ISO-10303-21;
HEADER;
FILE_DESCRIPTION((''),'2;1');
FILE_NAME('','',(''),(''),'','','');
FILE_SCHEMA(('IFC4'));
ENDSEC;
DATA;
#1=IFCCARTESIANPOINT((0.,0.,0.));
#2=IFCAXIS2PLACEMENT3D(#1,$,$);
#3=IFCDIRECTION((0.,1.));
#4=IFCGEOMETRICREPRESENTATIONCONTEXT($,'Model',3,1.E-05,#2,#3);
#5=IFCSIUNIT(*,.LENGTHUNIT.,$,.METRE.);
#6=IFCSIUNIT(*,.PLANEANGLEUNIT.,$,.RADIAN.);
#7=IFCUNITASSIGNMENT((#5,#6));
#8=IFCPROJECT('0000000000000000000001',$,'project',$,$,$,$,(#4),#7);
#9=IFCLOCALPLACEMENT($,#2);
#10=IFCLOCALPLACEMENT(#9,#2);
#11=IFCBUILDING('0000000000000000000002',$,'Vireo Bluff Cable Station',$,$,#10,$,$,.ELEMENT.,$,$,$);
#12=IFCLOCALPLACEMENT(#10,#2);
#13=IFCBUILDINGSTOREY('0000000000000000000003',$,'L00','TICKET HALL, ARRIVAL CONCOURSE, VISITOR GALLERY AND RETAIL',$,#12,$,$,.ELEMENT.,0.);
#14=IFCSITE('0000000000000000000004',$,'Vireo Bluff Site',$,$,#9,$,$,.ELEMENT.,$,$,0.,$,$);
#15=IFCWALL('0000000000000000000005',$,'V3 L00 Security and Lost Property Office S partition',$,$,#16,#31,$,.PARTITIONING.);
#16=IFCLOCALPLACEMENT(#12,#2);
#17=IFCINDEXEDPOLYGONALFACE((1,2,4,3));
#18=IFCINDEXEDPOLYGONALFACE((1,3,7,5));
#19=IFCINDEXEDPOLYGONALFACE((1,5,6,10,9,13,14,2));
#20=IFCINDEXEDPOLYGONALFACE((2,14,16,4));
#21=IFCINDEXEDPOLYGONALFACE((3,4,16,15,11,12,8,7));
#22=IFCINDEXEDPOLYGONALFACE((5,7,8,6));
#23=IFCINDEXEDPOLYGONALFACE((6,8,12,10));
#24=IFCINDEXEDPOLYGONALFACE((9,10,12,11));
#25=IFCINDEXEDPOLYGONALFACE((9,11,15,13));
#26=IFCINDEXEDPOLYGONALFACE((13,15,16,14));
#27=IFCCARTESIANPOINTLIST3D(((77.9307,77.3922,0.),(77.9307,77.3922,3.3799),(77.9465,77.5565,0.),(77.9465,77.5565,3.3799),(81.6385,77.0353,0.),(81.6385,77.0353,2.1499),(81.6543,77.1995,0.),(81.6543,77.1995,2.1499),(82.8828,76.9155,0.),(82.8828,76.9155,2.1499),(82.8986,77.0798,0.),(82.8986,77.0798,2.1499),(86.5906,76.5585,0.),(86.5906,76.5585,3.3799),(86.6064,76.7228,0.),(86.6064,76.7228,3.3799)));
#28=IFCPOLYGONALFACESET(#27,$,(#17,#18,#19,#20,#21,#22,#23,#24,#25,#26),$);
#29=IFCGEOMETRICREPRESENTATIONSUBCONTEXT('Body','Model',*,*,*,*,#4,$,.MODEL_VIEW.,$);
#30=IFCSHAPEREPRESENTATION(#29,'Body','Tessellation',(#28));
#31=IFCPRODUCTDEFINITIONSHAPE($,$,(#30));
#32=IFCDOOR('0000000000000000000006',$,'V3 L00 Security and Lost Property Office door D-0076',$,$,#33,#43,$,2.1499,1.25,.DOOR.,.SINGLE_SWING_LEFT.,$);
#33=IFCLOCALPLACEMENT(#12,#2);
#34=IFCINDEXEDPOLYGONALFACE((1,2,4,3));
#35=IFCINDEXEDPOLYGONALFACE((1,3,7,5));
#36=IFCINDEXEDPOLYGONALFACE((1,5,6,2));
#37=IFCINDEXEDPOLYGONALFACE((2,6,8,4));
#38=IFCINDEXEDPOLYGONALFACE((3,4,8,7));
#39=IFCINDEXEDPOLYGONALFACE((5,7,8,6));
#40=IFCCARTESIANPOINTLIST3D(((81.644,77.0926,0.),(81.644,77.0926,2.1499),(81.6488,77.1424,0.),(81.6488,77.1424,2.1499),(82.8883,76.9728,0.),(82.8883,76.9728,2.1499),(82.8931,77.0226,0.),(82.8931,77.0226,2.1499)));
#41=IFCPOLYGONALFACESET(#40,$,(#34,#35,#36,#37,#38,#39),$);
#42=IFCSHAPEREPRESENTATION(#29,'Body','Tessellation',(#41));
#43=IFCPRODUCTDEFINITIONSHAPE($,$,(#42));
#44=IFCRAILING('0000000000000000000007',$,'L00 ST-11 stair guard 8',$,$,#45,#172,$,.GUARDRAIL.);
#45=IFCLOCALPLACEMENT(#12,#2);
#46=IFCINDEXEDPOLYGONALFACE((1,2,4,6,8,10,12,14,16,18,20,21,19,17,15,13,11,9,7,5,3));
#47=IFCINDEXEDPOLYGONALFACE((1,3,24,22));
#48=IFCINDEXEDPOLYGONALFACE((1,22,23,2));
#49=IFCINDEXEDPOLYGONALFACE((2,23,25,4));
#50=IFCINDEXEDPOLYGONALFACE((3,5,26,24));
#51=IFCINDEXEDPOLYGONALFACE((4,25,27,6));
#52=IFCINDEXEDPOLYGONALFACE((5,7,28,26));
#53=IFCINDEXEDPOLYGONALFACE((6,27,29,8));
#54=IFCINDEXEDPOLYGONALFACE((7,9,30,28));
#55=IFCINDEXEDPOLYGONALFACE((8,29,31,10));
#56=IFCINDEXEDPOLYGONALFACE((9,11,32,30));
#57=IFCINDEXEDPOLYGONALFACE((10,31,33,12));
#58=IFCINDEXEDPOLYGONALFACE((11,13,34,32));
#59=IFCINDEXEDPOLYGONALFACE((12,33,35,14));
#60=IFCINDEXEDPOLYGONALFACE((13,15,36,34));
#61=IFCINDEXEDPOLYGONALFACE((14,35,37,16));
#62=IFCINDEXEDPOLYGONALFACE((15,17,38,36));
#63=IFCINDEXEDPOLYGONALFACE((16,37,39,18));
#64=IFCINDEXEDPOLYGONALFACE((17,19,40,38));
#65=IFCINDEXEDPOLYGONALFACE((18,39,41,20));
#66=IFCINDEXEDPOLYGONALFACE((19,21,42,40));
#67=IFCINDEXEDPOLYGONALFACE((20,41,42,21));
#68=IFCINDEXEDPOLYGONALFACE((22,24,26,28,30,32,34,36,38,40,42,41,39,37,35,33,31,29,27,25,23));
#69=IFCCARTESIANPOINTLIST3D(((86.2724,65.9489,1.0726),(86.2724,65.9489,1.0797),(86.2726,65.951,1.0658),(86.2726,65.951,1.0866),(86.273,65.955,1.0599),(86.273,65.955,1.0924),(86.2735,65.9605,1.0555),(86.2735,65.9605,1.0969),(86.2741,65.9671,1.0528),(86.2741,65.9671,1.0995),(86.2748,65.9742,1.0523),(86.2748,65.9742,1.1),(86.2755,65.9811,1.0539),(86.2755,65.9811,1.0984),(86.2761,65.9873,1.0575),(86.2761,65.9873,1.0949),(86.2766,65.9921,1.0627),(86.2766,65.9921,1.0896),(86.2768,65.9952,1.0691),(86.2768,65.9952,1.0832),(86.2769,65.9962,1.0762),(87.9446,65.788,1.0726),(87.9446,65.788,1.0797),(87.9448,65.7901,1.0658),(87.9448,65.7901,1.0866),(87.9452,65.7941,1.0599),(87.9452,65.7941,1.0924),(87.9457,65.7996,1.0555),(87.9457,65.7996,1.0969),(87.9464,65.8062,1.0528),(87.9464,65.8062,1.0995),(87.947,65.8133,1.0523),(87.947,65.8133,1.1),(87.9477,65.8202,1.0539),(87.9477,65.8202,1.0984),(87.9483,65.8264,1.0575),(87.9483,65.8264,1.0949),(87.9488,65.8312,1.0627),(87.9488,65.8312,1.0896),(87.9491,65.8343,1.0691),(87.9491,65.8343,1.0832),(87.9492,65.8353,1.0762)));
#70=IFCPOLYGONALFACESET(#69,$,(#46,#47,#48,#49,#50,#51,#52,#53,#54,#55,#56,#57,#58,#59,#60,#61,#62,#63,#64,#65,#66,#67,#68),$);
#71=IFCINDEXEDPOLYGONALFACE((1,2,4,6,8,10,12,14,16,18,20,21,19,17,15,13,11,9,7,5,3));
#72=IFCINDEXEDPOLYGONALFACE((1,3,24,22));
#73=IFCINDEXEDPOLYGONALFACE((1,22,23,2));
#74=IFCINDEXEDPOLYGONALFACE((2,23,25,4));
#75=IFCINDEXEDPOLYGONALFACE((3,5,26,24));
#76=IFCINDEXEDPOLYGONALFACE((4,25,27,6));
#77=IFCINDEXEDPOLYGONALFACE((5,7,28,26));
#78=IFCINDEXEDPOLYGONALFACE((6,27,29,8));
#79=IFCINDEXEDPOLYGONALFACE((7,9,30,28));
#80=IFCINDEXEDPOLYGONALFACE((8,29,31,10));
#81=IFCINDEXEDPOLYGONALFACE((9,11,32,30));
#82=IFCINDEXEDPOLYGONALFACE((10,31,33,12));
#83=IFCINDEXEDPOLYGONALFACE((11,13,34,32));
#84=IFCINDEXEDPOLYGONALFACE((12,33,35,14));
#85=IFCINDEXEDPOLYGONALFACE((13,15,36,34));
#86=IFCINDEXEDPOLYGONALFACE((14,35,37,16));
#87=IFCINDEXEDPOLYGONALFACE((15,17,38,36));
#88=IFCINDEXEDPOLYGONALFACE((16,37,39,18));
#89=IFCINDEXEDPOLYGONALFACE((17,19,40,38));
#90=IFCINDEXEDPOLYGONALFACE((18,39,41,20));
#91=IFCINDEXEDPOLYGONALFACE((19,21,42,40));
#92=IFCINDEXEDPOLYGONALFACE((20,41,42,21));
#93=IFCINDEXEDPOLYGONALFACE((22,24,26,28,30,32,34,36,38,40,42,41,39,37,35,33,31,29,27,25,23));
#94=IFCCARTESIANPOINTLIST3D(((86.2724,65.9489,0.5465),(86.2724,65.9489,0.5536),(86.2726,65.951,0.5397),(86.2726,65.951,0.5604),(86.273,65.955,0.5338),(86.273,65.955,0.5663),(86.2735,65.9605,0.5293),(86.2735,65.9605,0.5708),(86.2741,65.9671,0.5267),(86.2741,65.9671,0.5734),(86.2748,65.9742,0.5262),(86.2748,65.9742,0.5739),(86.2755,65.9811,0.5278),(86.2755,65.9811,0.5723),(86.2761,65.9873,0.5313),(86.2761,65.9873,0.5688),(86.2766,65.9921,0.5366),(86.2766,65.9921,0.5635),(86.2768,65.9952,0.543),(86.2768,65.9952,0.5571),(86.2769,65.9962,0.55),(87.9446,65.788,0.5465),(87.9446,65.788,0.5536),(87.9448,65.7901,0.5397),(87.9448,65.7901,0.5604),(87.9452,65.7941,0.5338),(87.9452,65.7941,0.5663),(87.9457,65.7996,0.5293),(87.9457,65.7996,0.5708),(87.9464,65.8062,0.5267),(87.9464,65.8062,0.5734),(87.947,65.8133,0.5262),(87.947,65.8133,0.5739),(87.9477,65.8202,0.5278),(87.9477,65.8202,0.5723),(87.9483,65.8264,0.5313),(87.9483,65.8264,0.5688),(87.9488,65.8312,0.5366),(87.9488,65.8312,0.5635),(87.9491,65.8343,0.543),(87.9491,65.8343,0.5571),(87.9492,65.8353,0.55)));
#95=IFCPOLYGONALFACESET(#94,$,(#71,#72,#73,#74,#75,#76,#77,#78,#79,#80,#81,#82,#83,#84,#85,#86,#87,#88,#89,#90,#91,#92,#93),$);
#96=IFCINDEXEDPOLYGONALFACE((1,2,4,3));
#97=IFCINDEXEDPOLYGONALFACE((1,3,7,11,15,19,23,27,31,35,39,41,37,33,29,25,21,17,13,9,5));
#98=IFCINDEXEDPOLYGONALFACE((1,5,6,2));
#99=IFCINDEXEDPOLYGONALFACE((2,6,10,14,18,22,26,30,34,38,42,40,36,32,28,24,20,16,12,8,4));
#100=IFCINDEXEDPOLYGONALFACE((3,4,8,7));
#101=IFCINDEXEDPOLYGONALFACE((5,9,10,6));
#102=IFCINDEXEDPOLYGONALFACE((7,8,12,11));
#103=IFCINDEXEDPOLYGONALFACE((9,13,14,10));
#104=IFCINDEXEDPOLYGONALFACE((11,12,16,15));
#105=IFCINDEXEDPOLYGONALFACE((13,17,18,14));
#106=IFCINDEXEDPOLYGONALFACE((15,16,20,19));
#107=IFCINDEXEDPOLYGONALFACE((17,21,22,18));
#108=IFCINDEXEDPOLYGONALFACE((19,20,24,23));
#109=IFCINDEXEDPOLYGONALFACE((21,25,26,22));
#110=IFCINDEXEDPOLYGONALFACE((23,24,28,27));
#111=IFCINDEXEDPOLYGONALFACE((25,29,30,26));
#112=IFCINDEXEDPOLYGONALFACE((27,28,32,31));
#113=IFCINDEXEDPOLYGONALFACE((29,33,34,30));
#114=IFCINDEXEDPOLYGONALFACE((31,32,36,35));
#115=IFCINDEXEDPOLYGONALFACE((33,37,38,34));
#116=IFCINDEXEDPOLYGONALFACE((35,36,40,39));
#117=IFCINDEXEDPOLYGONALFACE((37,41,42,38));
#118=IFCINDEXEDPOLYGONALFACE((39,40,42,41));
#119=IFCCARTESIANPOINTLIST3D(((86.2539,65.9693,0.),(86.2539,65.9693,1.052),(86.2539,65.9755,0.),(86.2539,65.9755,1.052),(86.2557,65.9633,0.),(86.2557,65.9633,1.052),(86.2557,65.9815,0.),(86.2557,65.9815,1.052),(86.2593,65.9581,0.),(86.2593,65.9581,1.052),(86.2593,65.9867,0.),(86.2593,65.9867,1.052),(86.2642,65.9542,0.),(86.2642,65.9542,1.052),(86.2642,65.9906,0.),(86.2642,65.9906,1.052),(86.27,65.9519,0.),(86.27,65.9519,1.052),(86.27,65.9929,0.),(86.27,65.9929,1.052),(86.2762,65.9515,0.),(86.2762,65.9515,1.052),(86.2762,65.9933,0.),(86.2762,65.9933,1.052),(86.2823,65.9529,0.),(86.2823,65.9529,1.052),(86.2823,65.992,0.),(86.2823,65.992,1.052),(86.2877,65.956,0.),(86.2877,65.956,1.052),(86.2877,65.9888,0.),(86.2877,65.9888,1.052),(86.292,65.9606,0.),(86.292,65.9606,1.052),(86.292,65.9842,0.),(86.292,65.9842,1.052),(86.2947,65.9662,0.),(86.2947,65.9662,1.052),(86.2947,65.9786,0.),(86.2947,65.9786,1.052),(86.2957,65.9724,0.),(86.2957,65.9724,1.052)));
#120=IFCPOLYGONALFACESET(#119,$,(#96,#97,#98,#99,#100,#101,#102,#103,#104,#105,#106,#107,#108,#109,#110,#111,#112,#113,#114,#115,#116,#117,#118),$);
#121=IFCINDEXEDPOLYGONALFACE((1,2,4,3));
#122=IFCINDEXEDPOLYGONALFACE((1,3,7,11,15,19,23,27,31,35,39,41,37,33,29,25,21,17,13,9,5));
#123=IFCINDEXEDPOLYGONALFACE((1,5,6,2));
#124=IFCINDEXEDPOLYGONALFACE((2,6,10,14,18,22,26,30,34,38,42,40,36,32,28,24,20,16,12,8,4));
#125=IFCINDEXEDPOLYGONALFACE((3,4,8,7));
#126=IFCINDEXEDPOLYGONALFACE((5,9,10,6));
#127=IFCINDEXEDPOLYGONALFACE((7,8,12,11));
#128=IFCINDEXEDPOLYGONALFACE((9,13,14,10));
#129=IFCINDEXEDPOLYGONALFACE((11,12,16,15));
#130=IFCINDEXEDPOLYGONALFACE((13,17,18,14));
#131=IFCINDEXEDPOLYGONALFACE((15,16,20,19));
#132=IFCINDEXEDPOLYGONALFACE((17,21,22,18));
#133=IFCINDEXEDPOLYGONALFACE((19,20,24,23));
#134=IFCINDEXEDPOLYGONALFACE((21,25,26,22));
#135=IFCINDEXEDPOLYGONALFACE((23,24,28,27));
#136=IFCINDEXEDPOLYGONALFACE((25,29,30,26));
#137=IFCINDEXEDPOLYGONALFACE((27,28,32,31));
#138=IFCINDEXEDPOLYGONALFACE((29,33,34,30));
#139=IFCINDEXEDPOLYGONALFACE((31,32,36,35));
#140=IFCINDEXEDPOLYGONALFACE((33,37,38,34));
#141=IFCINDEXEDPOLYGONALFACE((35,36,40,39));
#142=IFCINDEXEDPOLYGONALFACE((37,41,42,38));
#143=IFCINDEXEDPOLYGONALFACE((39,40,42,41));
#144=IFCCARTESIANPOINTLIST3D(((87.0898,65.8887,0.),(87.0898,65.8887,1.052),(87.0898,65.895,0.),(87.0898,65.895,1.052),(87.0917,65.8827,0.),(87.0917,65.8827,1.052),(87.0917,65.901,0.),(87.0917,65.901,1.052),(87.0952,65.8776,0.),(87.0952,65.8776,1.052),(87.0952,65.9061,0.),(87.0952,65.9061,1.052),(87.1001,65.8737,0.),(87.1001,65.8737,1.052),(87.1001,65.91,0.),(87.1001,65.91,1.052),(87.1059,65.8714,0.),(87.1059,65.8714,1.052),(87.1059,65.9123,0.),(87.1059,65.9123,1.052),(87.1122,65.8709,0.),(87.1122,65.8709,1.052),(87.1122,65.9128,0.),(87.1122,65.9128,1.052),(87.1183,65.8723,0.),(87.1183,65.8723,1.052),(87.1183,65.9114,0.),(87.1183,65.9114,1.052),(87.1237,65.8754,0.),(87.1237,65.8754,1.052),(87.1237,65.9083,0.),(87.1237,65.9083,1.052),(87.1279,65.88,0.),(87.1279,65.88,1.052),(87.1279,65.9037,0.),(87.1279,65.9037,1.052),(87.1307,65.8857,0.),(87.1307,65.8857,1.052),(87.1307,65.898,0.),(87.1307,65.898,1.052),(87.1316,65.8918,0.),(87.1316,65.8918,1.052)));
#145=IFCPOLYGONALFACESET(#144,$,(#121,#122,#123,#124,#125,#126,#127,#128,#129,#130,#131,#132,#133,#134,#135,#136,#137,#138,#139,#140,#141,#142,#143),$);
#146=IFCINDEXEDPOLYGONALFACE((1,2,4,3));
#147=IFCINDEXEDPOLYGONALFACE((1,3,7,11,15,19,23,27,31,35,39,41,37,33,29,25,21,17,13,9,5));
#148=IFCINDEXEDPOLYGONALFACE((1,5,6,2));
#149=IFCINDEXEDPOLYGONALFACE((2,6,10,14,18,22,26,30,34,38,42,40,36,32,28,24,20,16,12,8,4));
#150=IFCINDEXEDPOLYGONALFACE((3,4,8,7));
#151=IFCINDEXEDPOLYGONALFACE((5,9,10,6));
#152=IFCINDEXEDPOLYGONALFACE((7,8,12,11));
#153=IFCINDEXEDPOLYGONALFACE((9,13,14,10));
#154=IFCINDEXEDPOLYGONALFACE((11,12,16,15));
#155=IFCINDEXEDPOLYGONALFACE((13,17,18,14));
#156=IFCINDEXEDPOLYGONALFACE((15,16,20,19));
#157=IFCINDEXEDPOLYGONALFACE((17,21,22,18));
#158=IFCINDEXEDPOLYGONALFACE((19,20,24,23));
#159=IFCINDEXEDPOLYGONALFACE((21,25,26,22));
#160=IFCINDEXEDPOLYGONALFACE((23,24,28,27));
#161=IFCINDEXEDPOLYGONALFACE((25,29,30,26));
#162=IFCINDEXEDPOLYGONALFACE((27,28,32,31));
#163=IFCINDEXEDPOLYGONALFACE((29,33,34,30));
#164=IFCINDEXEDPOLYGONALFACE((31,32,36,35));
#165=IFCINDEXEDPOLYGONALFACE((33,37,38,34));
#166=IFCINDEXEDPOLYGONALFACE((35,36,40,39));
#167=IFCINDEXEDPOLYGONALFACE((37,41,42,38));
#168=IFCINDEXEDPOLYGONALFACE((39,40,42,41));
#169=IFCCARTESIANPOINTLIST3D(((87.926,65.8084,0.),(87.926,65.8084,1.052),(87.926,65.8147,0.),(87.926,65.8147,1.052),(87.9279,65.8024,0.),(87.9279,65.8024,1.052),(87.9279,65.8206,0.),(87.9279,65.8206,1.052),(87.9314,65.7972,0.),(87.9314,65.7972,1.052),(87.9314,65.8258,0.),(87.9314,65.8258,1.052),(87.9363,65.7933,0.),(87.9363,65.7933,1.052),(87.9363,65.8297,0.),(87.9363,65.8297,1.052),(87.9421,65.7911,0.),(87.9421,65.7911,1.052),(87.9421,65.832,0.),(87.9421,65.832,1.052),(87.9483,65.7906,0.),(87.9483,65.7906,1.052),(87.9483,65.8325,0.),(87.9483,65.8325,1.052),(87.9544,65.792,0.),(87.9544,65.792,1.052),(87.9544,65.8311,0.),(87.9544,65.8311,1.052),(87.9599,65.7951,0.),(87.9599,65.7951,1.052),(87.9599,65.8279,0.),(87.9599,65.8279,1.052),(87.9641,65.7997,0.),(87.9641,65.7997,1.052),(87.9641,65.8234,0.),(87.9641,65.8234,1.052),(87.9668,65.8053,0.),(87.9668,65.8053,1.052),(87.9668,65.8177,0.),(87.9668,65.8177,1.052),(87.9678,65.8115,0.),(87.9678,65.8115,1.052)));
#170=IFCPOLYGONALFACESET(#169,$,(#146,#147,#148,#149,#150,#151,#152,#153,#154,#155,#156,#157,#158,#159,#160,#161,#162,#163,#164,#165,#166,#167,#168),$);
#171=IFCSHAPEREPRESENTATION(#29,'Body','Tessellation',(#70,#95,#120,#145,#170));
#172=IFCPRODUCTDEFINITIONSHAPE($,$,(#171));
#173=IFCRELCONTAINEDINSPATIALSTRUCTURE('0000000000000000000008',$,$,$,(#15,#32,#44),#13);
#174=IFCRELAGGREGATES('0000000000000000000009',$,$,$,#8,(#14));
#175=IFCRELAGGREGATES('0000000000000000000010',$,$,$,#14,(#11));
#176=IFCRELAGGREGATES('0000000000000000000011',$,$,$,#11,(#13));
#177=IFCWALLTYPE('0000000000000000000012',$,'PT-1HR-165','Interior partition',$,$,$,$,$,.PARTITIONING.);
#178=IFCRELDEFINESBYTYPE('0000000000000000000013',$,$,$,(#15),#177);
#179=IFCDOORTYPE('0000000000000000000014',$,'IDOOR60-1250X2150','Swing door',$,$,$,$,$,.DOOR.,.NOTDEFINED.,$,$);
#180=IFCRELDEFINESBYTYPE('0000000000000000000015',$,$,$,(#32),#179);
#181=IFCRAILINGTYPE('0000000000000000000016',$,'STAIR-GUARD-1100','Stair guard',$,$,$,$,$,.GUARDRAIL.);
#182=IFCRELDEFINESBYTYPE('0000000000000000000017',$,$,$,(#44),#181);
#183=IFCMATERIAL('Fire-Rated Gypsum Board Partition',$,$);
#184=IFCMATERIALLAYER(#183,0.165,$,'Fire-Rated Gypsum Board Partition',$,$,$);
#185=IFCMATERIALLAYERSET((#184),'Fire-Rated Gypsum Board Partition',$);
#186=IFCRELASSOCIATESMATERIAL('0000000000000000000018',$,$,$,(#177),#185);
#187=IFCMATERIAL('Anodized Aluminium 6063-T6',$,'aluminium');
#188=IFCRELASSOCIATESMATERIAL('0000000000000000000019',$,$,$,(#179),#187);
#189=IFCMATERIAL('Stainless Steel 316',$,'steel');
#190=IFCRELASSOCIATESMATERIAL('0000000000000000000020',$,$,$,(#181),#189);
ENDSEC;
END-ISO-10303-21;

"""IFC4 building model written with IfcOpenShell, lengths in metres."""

from ifc_helpers import new_model, si_unit, direction, frame, frame_2d, origin, origin_with_axes, origin_2d, place, context, subcontext, project, spatial, rectangle, circle, extrude, material, layer, layer_set, type_object, element, fill, save


model = new_model("IFC4")

# Units and contexts
model_context = context("Model", 3, precision=1e-05, world=origin(), true_north=direction((0.0, 1.0)))
body_context = subcontext(model_context, "Body", "Model", "MODEL_VIEW")
ifc_project = project(units=[si_unit("LENGTHUNIT", "METRE"), si_unit("PLANEANGLEUNIT", "RADIAN")], contexts=[model_context])

# Site, building, storey
site_placement = place(None, origin())
site = spatial("IfcSite", under=ifc_project, at=site_placement, Name="Vireo Bluff Site", CompositionType="ELEMENT", RefElevation=0.0)
building_placement = place(site_placement, origin())
building = spatial("IfcBuilding", under=site, at=building_placement, Name="Vireo Bluff Cable Station", CompositionType="ELEMENT")
storey_placement = place(building_placement, origin())
storey = spatial("IfcBuildingStorey", under=building, at=storey_placement, Name="L00", Description="TICKET HALL, ARRIVAL CONCOURSE, VISITOR GALLERY AND RETAIL", CompositionType="ELEMENT", Elevation=0.0)

# Shared definitions
ifc_material_1 = material(Name="Anodized Aluminium 6063-T6", Category="aluminium")

# Shared definitions
ifc_material_2 = material(Name="Fire-Rated Gypsum Board Partition")

# Wall, opening, door
ifc_layer_1 = layer(ifc_material_2, 0.165, Name="Fire-Rated Gypsum Board Partition")
ifc_layer_set_1 = layer_set([ifc_layer_1], Name="Fire-Rated Gypsum Board Partition")
wall_type_1 = type_object("IfcWallType", Name="PT-1HR-165", Description="Interior partition", PredefinedType="PARTITIONING", material=ifc_layer_set_1)
wall_1_placement = place(storey_placement, frame((86.5986, 76.6406, 0.0), z_axis=(0.0, 0.0, 1.0), x_axis=(-0.995397, 0.095833, 0.0)))
wall_1 = element("IfcWall", 1, at=wall_1_placement, inside=storey, type_object=wall_type_1, Name="V3 L00 Security and Lost Property Office S partition", PredefinedType="PARTITIONING", context=body_context, shape_type="SweptSolid", body=[
    extrude(rectangle(XDim=8.7, YDim=0.165, at=frame_2d((4.3501, 0.0))), origin(), (0.0, 0.0, 1.0), 3.3799),
])
opening_placement = place(wall_1_placement, frame((3.7251, 0.0, 0.0)))
opening = element("IfcOpeningElement", 2, at=opening_placement, cuts=wall_1, PredefinedType="OPENING", context=body_context, shape_type="SweptSolid", body=[
    extrude(rectangle(XDim=1.25, YDim=2.1499, at=frame_2d((0.625, 1.075))), frame((0.0, 0.0925, 0.0), z_axis=(0.0, -1.0, 0.0), x_axis=(1.0, 0.0, 0.0)), (0.0, 0.0, 1.0), 0.1851),
])
door_type = type_object("IfcDoorType", Name="IDOOR60-1250X2150", Description="Swing door", OperationType="NOTDEFINED", PredefinedType="DOOR", material=ifc_material_1)
door_placement = place(opening_placement, origin_with_axes())
door = element("IfcDoor", 3, at=door_placement, inside=storey, type_object=door_type, Name="V3 L00 Security and Lost Property Office door D-0076", OperationType="SINGLE_SWING_LEFT", OverallHeight=2.1499, OverallWidth=1.25, PredefinedType="DOOR", context=body_context, shape_type="SweptSolid", body=[
    extrude(rectangle(XDim=1.25, YDim=2.1499, at=frame_2d((0.625, 1.075))), frame((0.0, 0.0249, 0.0), z_axis=(0.0, -1.0, 0.0), x_axis=(1.0, 0.0, 0.0)), (0.0, 0.0, 1.0), 0.05),
])
fill(opening, door)

# Railing
ifc_material_3 = material(Name="Stainless Steel 316", Category="steel")
railing_type = type_object("IfcRailingType", Name="STAIR-GUARD-1100", Description="Stair guard", PredefinedType="GUARDRAIL", material=ifc_material_3)
railing_1_placement = place(storey_placement, frame((86.2747, 65.9724, 0.0)))
element("IfcRailing", 4, at=railing_1_placement, inside=storey, type_object=railing_type, Name="L00 ST-11 stair guard 8", PredefinedType="GUARDRAIL", context=body_context, shape_type="SweptSolid", body=[
    extrude(circle(Radius=0.0239, at=origin_2d()), frame((0.0, 0.0, 1.0762), z_axis=(0.995403, -0.095776, 0.0), x_axis=(0.095776, 0.995403, 0.0)), (0.0, 0.0, 1.0), 1.6799),
    extrude(circle(Radius=0.0239, at=origin_2d()), frame((0.0, 0.0, 0.55), z_axis=(0.995403, -0.095776, 0.0), x_axis=(0.095776, 0.995403, 0.0)), (0.0, 0.0, 1.0), 1.6799),
    extrude(circle(Radius=0.021, at=origin_2d()), origin(), (0.0, 0.0, 1.0), 1.052),
    extrude(circle(Radius=0.021, at=origin_2d()), frame((0.8359, -0.0806, 0.0)), (0.0, 0.0, 1.0), 1.052),
    extrude(circle(Radius=0.021, at=origin_2d()), frame((1.6721, -0.1609, 0.0)), (0.0, 0.0, 1.0), 1.052),
])

save(model, "model.ifc")
